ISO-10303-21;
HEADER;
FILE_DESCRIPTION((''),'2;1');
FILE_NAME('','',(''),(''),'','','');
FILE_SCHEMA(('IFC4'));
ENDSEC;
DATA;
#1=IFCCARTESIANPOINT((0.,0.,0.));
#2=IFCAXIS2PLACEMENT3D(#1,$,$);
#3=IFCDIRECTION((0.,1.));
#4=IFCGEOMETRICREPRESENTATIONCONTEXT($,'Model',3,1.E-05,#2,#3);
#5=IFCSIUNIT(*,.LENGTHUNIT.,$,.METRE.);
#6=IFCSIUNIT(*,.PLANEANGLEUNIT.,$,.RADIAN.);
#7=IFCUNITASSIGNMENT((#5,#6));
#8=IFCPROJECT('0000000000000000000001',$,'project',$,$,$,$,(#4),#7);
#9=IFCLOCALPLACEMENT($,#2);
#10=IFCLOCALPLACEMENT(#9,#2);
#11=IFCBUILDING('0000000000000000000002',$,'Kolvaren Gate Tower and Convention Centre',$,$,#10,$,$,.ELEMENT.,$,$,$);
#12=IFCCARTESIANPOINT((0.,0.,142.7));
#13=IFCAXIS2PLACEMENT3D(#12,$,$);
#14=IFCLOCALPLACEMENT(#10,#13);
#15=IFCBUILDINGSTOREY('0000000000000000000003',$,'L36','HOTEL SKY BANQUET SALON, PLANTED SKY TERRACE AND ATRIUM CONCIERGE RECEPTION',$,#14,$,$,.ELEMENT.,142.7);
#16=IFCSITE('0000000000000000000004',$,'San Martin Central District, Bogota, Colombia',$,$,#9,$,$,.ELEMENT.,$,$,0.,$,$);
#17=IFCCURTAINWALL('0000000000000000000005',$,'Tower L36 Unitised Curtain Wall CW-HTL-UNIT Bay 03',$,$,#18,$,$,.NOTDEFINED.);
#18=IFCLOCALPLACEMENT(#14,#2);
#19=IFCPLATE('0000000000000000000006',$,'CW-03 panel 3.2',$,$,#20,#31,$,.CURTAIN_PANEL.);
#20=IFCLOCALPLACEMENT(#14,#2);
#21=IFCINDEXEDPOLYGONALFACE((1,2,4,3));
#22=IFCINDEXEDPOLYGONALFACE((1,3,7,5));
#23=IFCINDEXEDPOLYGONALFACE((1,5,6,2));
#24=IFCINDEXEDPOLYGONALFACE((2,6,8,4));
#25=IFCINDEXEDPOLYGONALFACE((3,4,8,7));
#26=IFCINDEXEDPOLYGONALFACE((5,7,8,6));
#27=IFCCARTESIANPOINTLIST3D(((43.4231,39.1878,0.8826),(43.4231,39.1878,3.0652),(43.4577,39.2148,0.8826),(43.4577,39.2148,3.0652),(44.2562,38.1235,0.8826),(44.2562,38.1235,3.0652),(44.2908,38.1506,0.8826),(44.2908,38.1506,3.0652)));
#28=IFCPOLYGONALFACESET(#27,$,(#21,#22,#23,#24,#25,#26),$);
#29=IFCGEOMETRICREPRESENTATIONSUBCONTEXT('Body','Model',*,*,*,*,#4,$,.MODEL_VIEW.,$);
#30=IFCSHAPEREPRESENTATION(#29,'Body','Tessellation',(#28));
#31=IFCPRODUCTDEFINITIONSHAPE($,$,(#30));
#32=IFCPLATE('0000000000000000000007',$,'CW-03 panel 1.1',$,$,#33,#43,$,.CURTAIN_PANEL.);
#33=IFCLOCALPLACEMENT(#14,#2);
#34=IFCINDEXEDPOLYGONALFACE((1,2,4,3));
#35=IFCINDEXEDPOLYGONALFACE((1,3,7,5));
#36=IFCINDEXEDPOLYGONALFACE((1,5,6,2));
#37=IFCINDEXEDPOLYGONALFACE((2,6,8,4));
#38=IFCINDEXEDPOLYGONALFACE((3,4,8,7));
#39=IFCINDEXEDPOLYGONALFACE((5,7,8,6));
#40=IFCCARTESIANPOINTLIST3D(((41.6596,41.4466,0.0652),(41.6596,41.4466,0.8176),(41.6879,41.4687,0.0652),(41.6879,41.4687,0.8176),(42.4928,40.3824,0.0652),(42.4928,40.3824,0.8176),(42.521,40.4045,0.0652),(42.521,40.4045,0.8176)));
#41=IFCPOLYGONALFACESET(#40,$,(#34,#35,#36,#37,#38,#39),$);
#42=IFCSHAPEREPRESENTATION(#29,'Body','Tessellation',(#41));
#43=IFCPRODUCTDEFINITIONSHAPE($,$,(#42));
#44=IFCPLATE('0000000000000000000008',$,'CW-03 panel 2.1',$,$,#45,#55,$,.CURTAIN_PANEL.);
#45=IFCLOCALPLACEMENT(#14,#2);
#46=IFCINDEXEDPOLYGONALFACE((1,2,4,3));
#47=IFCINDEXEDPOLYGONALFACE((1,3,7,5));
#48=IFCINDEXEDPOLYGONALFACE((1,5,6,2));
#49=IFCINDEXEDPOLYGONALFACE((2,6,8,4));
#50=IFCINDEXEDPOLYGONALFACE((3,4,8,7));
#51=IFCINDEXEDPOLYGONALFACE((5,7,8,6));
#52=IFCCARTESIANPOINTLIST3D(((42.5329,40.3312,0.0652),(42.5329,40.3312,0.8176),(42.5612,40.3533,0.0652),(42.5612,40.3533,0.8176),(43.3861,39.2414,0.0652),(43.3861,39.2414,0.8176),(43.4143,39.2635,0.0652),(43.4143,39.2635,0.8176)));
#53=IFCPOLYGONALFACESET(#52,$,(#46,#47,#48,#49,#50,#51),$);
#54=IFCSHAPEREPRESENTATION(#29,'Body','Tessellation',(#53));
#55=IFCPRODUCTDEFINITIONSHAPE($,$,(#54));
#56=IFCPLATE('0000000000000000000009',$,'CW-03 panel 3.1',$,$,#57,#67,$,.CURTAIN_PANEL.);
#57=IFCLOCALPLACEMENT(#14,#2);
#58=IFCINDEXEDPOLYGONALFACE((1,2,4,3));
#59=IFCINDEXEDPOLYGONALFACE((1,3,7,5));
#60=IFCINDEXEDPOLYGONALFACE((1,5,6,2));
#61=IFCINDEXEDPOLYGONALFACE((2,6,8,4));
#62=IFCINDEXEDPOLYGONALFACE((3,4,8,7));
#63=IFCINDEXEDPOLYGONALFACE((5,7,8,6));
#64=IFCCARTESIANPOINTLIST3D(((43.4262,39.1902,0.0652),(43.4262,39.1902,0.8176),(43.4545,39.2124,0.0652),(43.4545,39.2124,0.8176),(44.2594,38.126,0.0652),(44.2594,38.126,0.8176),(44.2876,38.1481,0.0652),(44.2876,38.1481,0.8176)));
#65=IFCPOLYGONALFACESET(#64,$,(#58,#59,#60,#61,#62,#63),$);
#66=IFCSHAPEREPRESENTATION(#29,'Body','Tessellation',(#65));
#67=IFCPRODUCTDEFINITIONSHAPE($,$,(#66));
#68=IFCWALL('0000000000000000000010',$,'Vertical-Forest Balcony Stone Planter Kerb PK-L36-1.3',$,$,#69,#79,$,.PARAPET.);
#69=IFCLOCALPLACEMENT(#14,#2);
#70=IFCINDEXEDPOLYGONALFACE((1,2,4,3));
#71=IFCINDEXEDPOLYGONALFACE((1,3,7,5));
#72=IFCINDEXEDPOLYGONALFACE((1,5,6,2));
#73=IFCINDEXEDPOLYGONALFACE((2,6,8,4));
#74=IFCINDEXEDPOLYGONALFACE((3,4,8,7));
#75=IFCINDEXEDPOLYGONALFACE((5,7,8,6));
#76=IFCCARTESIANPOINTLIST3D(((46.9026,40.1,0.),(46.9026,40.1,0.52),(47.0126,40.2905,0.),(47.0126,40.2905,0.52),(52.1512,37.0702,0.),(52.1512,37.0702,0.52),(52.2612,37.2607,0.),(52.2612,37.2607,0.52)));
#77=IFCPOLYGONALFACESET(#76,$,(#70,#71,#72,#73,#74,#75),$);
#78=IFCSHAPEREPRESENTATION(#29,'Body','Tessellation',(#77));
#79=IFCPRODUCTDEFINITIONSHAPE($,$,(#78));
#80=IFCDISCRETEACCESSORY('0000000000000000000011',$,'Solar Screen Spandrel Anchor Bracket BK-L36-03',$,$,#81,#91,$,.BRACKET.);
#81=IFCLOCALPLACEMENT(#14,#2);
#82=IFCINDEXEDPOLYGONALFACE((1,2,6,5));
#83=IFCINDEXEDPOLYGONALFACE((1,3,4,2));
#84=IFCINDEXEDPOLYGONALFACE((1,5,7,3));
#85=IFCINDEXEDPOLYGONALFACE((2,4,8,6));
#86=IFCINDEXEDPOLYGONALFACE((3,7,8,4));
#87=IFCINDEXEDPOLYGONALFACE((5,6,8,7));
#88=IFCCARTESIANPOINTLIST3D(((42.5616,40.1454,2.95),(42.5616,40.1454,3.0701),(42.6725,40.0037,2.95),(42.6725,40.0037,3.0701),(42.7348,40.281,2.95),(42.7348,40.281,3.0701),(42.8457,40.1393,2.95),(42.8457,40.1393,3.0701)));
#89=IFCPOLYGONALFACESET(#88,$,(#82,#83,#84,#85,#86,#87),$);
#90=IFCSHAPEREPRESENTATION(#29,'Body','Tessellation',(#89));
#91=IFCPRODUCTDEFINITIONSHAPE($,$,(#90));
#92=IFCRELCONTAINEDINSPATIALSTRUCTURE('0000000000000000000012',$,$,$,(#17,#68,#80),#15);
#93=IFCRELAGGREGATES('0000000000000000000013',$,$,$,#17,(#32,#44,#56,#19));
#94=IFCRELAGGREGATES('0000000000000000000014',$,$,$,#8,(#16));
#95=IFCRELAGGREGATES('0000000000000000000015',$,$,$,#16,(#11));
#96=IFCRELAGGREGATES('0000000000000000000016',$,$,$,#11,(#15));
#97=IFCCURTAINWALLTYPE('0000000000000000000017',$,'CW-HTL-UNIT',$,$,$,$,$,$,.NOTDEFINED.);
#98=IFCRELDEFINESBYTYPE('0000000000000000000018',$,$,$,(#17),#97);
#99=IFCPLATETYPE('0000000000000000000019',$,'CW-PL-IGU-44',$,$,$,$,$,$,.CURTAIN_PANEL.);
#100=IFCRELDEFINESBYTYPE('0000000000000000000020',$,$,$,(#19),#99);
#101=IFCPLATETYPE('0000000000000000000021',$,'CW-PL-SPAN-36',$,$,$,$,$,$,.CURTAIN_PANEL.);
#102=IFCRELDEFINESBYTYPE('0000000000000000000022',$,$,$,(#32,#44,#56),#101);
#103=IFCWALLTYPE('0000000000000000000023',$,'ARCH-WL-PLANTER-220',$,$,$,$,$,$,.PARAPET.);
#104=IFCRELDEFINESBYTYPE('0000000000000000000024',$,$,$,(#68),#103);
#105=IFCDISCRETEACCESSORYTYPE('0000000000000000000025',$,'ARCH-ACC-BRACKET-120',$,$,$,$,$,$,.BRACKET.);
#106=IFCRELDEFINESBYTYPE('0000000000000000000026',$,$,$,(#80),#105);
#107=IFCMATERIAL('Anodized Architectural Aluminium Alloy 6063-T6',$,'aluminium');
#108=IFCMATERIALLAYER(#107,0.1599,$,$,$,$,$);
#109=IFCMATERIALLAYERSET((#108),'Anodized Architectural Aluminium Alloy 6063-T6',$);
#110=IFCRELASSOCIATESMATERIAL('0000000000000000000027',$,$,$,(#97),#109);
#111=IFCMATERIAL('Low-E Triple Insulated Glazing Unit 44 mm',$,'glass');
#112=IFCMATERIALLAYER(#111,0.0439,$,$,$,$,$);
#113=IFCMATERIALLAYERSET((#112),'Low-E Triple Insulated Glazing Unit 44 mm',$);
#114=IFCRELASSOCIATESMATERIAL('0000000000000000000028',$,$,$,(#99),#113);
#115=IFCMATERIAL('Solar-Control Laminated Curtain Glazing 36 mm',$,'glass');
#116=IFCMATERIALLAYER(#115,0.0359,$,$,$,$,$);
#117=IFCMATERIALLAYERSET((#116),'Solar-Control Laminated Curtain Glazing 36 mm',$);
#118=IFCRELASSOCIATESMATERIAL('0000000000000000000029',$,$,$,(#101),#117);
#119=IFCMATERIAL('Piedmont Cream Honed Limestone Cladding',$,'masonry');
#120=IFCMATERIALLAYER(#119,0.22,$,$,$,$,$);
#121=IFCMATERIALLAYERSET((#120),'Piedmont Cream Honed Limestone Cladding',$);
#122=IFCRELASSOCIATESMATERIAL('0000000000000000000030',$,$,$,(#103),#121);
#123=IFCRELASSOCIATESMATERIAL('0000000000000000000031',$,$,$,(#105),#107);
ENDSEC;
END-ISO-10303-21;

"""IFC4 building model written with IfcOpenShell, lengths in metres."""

from ifc_helpers import new_model, si_unit, direction, frame, frame_2d, origin, origin_2d, place, context, subcontext, project, spatial, rectangle, extrude, material, layer, layer_set, type_object, element, aggregate, save


model = new_model("IFC4")

# Units and contexts
model_context = context("Model", 3, precision=1e-05, world=origin(), true_north=direction((0.0, 1.0)))
body_context = subcontext(model_context, "Body", "Model", "MODEL_VIEW")
ifc_project = project(units=[si_unit("LENGTHUNIT", "METRE"), si_unit("PLANEANGLEUNIT", "RADIAN")], contexts=[model_context])

# Site, building, storey
site_placement = place(None, origin())
site = spatial("IfcSite", under=ifc_project, at=site_placement, Name="San Martin Central District, Bogota, Colombia", CompositionType="ELEMENT", RefElevation=0.0)
building_placement = place(site_placement, origin())
building = spatial("IfcBuilding", under=site, at=building_placement, Name="Kolvaren Gate Tower and Convention Centre", CompositionType="ELEMENT")
storey_placement = place(building_placement, frame((0.0, 0.0, 142.7)))
storey = spatial("IfcBuildingStorey", under=building, at=storey_placement, Name="L36", Description="HOTEL SKY BANQUET SALON, PLANTED SKY TERRACE AND ATRIUM CONCIERGE RECEPTION", CompositionType="ELEMENT", Elevation=142.7)

# Curtain wall
ifc_material_1 = material(Name="Anodized Architectural Aluminium Alloy 6063-T6", Category="aluminium")
ifc_layer_1 = layer(ifc_material_1, 0.1599)
ifc_layer_set_1 = layer_set([ifc_layer_1], Name="Anodized Architectural Aluminium Alloy 6063-T6")
curtain_wall_type = type_object("IfcCurtainWallType", Name="CW-HTL-UNIT", PredefinedType="NOTDEFINED", material=ifc_layer_set_1)
curtain_wall_placement = place(storey_placement, origin())
curtain_wall = element("IfcCurtainWall", 1, at=curtain_wall_placement, inside=storey, type_object=curtain_wall_type, Name="Tower L36 Unitised Curtain Wall CW-HTL-UNIT Bay 03", PredefinedType="NOTDEFINED")

# Plates
ifc_material_2 = material(Name="Low-E Triple Insulated Glazing Unit 44 mm", Category="glass")
ifc_layer_2 = layer(ifc_material_2, 0.0439)
ifc_layer_set_2 = layer_set([ifc_layer_2], Name="Low-E Triple Insulated Glazing Unit 44 mm")
plate_type_1 = type_object("IfcPlateType", Name="CW-PL-IGU-44", PredefinedType="CURTAIN_PANEL", material=ifc_layer_set_2)
plate_1_placement = place(storey_placement, frame((43.8569, 38.6692, 0.8826), z_axis=(0.0, 0.0, 1.0), x_axis=(0.616438, -0.787404, 0.0)))
plate_1 = element("IfcPlate", 2, at=plate_1_placement, type_object=plate_type_1, Name="CW-03 panel 3.2", PredefinedType="CURTAIN_PANEL", context=body_context, shape_type="SweptSolid", body=[
    extrude(rectangle(XDim=1.3516, YDim=0.0439, at=origin_2d()), origin(), (0.0, 0.0, 1.0), 2.1826),
])
ifc_material_3 = material(Name="Solar-Control Laminated Curtain Glazing 36 mm", Category="glass")
ifc_layer_3 = layer(ifc_material_3, 0.0359)
ifc_layer_set_3 = layer_set([ifc_layer_3], Name="Solar-Control Laminated Curtain Glazing 36 mm")
plate_type_2 = type_object("IfcPlateType", Name="CW-PL-SPAN-36", PredefinedType="CURTAIN_PANEL", material=ifc_layer_set_3)
plate_2_placement = place(storey_placement, frame((42.0903, 40.9255, 0.0652), z_axis=(0.0, 0.0, 1.0), x_axis=(0.616438, -0.787404, 0.0)))
plate_2 = element("IfcPlate", 3, at=plate_2_placement, type_object=plate_type_2, Name="CW-03 panel 1.1", PredefinedType="CURTAIN_PANEL", context=body_context, shape_type="SweptSolid", body=[
    extrude(rectangle(XDim=1.3516, YDim=0.0359, at=origin_2d()), origin(), (0.0, 0.0, 1.0), 0.7524),
])
plate_3_placement = place(storey_placement, frame((42.9736, 39.7974, 0.0652), z_axis=(0.0, 0.0, 1.0), x_axis=(0.616438, -0.787404, 0.0)))
plate_3 = element("IfcPlate", 4, at=plate_3_placement, type_object=plate_type_2, Name="CW-03 panel 2.1", PredefinedType="CURTAIN_PANEL", context=body_context, shape_type="SweptSolid", body=[
    extrude(rectangle(XDim=1.384, YDim=0.0359, at=origin_2d()), origin(), (0.0, 0.0, 1.0), 0.7524),
])
plate_4_placement = place(storey_placement, frame((43.8569, 38.6692, 0.0652), z_axis=(0.0, 0.0, 1.0), x_axis=(0.616438, -0.787404, 0.0)))
plate_4 = element("IfcPlate", 5, at=plate_4_placement, type_object=plate_type_2, Name="CW-03 panel 3.1", PredefinedType="CURTAIN_PANEL", context=body_context, shape_type="SweptSolid", body=[
    extrude(rectangle(XDim=1.3516, YDim=0.0359, at=origin_2d()), origin(), (0.0, 0.0, 1.0), 0.7524),
])
aggregate(curtain_wall, [plate_2, plate_3, plate_4, plate_1])

# Wall
ifc_material_4 = material(Name="Piedmont Cream Honed Limestone Cladding", Category="masonry")
ifc_layer_4 = layer(ifc_material_4, 0.22)
ifc_layer_set_4 = layer_set([ifc_layer_4], Name="Piedmont Cream Honed Limestone Cladding")
wall_type = type_object("IfcWallType", Name="ARCH-WL-PLANTER-220", PredefinedType="PARAPET", material=ifc_layer_set_4)
wall_placement = place(storey_placement, frame((46.9575, 40.1953, 0.0), z_axis=(0.0, 0.0, 1.0), x_axis=(0.866058, -0.499943, 0.0)))
element("IfcWall", 6, at=wall_placement, inside=storey, type_object=wall_type, Name="Vertical-Forest Balcony Stone Planter Kerb PK-L36-1.3", PredefinedType="PARAPET", context=body_context, shape_type="SweptSolid", body=[
    extrude(rectangle(XDim=6.0603, YDim=0.22, at=frame_2d((3.0303, 0.0))), origin(), (0.0, 0.0, 1.0), 0.52),
])

# Discrete accessory
discrete_accessory_type = type_object("IfcDiscreteAccessoryType", Name="ARCH-ACC-BRACKET-120", PredefinedType="BRACKET", material=ifc_material_1)
discrete_accessory_placement = place(storey_placement, frame((42.7036, 40.1423, 2.95), z_axis=(0.0, 0.0, 1.0), x_axis=(0.616434, -0.787406, 0.0)))
element("IfcDiscreteAccessory", 7, at=discrete_accessory_placement, inside=storey, type_object=discrete_accessory_type, Name="Solar Screen Spandrel Anchor Bracket BK-L36-03", PredefinedType="BRACKET", context=body_context, shape_type="SweptSolid", body=[
    extrude(rectangle(XDim=0.1799, YDim=0.22, at=origin_2d()), origin(), (0.0, 0.0, 1.0), 0.1201),
])

save(model, "model.ifc")
